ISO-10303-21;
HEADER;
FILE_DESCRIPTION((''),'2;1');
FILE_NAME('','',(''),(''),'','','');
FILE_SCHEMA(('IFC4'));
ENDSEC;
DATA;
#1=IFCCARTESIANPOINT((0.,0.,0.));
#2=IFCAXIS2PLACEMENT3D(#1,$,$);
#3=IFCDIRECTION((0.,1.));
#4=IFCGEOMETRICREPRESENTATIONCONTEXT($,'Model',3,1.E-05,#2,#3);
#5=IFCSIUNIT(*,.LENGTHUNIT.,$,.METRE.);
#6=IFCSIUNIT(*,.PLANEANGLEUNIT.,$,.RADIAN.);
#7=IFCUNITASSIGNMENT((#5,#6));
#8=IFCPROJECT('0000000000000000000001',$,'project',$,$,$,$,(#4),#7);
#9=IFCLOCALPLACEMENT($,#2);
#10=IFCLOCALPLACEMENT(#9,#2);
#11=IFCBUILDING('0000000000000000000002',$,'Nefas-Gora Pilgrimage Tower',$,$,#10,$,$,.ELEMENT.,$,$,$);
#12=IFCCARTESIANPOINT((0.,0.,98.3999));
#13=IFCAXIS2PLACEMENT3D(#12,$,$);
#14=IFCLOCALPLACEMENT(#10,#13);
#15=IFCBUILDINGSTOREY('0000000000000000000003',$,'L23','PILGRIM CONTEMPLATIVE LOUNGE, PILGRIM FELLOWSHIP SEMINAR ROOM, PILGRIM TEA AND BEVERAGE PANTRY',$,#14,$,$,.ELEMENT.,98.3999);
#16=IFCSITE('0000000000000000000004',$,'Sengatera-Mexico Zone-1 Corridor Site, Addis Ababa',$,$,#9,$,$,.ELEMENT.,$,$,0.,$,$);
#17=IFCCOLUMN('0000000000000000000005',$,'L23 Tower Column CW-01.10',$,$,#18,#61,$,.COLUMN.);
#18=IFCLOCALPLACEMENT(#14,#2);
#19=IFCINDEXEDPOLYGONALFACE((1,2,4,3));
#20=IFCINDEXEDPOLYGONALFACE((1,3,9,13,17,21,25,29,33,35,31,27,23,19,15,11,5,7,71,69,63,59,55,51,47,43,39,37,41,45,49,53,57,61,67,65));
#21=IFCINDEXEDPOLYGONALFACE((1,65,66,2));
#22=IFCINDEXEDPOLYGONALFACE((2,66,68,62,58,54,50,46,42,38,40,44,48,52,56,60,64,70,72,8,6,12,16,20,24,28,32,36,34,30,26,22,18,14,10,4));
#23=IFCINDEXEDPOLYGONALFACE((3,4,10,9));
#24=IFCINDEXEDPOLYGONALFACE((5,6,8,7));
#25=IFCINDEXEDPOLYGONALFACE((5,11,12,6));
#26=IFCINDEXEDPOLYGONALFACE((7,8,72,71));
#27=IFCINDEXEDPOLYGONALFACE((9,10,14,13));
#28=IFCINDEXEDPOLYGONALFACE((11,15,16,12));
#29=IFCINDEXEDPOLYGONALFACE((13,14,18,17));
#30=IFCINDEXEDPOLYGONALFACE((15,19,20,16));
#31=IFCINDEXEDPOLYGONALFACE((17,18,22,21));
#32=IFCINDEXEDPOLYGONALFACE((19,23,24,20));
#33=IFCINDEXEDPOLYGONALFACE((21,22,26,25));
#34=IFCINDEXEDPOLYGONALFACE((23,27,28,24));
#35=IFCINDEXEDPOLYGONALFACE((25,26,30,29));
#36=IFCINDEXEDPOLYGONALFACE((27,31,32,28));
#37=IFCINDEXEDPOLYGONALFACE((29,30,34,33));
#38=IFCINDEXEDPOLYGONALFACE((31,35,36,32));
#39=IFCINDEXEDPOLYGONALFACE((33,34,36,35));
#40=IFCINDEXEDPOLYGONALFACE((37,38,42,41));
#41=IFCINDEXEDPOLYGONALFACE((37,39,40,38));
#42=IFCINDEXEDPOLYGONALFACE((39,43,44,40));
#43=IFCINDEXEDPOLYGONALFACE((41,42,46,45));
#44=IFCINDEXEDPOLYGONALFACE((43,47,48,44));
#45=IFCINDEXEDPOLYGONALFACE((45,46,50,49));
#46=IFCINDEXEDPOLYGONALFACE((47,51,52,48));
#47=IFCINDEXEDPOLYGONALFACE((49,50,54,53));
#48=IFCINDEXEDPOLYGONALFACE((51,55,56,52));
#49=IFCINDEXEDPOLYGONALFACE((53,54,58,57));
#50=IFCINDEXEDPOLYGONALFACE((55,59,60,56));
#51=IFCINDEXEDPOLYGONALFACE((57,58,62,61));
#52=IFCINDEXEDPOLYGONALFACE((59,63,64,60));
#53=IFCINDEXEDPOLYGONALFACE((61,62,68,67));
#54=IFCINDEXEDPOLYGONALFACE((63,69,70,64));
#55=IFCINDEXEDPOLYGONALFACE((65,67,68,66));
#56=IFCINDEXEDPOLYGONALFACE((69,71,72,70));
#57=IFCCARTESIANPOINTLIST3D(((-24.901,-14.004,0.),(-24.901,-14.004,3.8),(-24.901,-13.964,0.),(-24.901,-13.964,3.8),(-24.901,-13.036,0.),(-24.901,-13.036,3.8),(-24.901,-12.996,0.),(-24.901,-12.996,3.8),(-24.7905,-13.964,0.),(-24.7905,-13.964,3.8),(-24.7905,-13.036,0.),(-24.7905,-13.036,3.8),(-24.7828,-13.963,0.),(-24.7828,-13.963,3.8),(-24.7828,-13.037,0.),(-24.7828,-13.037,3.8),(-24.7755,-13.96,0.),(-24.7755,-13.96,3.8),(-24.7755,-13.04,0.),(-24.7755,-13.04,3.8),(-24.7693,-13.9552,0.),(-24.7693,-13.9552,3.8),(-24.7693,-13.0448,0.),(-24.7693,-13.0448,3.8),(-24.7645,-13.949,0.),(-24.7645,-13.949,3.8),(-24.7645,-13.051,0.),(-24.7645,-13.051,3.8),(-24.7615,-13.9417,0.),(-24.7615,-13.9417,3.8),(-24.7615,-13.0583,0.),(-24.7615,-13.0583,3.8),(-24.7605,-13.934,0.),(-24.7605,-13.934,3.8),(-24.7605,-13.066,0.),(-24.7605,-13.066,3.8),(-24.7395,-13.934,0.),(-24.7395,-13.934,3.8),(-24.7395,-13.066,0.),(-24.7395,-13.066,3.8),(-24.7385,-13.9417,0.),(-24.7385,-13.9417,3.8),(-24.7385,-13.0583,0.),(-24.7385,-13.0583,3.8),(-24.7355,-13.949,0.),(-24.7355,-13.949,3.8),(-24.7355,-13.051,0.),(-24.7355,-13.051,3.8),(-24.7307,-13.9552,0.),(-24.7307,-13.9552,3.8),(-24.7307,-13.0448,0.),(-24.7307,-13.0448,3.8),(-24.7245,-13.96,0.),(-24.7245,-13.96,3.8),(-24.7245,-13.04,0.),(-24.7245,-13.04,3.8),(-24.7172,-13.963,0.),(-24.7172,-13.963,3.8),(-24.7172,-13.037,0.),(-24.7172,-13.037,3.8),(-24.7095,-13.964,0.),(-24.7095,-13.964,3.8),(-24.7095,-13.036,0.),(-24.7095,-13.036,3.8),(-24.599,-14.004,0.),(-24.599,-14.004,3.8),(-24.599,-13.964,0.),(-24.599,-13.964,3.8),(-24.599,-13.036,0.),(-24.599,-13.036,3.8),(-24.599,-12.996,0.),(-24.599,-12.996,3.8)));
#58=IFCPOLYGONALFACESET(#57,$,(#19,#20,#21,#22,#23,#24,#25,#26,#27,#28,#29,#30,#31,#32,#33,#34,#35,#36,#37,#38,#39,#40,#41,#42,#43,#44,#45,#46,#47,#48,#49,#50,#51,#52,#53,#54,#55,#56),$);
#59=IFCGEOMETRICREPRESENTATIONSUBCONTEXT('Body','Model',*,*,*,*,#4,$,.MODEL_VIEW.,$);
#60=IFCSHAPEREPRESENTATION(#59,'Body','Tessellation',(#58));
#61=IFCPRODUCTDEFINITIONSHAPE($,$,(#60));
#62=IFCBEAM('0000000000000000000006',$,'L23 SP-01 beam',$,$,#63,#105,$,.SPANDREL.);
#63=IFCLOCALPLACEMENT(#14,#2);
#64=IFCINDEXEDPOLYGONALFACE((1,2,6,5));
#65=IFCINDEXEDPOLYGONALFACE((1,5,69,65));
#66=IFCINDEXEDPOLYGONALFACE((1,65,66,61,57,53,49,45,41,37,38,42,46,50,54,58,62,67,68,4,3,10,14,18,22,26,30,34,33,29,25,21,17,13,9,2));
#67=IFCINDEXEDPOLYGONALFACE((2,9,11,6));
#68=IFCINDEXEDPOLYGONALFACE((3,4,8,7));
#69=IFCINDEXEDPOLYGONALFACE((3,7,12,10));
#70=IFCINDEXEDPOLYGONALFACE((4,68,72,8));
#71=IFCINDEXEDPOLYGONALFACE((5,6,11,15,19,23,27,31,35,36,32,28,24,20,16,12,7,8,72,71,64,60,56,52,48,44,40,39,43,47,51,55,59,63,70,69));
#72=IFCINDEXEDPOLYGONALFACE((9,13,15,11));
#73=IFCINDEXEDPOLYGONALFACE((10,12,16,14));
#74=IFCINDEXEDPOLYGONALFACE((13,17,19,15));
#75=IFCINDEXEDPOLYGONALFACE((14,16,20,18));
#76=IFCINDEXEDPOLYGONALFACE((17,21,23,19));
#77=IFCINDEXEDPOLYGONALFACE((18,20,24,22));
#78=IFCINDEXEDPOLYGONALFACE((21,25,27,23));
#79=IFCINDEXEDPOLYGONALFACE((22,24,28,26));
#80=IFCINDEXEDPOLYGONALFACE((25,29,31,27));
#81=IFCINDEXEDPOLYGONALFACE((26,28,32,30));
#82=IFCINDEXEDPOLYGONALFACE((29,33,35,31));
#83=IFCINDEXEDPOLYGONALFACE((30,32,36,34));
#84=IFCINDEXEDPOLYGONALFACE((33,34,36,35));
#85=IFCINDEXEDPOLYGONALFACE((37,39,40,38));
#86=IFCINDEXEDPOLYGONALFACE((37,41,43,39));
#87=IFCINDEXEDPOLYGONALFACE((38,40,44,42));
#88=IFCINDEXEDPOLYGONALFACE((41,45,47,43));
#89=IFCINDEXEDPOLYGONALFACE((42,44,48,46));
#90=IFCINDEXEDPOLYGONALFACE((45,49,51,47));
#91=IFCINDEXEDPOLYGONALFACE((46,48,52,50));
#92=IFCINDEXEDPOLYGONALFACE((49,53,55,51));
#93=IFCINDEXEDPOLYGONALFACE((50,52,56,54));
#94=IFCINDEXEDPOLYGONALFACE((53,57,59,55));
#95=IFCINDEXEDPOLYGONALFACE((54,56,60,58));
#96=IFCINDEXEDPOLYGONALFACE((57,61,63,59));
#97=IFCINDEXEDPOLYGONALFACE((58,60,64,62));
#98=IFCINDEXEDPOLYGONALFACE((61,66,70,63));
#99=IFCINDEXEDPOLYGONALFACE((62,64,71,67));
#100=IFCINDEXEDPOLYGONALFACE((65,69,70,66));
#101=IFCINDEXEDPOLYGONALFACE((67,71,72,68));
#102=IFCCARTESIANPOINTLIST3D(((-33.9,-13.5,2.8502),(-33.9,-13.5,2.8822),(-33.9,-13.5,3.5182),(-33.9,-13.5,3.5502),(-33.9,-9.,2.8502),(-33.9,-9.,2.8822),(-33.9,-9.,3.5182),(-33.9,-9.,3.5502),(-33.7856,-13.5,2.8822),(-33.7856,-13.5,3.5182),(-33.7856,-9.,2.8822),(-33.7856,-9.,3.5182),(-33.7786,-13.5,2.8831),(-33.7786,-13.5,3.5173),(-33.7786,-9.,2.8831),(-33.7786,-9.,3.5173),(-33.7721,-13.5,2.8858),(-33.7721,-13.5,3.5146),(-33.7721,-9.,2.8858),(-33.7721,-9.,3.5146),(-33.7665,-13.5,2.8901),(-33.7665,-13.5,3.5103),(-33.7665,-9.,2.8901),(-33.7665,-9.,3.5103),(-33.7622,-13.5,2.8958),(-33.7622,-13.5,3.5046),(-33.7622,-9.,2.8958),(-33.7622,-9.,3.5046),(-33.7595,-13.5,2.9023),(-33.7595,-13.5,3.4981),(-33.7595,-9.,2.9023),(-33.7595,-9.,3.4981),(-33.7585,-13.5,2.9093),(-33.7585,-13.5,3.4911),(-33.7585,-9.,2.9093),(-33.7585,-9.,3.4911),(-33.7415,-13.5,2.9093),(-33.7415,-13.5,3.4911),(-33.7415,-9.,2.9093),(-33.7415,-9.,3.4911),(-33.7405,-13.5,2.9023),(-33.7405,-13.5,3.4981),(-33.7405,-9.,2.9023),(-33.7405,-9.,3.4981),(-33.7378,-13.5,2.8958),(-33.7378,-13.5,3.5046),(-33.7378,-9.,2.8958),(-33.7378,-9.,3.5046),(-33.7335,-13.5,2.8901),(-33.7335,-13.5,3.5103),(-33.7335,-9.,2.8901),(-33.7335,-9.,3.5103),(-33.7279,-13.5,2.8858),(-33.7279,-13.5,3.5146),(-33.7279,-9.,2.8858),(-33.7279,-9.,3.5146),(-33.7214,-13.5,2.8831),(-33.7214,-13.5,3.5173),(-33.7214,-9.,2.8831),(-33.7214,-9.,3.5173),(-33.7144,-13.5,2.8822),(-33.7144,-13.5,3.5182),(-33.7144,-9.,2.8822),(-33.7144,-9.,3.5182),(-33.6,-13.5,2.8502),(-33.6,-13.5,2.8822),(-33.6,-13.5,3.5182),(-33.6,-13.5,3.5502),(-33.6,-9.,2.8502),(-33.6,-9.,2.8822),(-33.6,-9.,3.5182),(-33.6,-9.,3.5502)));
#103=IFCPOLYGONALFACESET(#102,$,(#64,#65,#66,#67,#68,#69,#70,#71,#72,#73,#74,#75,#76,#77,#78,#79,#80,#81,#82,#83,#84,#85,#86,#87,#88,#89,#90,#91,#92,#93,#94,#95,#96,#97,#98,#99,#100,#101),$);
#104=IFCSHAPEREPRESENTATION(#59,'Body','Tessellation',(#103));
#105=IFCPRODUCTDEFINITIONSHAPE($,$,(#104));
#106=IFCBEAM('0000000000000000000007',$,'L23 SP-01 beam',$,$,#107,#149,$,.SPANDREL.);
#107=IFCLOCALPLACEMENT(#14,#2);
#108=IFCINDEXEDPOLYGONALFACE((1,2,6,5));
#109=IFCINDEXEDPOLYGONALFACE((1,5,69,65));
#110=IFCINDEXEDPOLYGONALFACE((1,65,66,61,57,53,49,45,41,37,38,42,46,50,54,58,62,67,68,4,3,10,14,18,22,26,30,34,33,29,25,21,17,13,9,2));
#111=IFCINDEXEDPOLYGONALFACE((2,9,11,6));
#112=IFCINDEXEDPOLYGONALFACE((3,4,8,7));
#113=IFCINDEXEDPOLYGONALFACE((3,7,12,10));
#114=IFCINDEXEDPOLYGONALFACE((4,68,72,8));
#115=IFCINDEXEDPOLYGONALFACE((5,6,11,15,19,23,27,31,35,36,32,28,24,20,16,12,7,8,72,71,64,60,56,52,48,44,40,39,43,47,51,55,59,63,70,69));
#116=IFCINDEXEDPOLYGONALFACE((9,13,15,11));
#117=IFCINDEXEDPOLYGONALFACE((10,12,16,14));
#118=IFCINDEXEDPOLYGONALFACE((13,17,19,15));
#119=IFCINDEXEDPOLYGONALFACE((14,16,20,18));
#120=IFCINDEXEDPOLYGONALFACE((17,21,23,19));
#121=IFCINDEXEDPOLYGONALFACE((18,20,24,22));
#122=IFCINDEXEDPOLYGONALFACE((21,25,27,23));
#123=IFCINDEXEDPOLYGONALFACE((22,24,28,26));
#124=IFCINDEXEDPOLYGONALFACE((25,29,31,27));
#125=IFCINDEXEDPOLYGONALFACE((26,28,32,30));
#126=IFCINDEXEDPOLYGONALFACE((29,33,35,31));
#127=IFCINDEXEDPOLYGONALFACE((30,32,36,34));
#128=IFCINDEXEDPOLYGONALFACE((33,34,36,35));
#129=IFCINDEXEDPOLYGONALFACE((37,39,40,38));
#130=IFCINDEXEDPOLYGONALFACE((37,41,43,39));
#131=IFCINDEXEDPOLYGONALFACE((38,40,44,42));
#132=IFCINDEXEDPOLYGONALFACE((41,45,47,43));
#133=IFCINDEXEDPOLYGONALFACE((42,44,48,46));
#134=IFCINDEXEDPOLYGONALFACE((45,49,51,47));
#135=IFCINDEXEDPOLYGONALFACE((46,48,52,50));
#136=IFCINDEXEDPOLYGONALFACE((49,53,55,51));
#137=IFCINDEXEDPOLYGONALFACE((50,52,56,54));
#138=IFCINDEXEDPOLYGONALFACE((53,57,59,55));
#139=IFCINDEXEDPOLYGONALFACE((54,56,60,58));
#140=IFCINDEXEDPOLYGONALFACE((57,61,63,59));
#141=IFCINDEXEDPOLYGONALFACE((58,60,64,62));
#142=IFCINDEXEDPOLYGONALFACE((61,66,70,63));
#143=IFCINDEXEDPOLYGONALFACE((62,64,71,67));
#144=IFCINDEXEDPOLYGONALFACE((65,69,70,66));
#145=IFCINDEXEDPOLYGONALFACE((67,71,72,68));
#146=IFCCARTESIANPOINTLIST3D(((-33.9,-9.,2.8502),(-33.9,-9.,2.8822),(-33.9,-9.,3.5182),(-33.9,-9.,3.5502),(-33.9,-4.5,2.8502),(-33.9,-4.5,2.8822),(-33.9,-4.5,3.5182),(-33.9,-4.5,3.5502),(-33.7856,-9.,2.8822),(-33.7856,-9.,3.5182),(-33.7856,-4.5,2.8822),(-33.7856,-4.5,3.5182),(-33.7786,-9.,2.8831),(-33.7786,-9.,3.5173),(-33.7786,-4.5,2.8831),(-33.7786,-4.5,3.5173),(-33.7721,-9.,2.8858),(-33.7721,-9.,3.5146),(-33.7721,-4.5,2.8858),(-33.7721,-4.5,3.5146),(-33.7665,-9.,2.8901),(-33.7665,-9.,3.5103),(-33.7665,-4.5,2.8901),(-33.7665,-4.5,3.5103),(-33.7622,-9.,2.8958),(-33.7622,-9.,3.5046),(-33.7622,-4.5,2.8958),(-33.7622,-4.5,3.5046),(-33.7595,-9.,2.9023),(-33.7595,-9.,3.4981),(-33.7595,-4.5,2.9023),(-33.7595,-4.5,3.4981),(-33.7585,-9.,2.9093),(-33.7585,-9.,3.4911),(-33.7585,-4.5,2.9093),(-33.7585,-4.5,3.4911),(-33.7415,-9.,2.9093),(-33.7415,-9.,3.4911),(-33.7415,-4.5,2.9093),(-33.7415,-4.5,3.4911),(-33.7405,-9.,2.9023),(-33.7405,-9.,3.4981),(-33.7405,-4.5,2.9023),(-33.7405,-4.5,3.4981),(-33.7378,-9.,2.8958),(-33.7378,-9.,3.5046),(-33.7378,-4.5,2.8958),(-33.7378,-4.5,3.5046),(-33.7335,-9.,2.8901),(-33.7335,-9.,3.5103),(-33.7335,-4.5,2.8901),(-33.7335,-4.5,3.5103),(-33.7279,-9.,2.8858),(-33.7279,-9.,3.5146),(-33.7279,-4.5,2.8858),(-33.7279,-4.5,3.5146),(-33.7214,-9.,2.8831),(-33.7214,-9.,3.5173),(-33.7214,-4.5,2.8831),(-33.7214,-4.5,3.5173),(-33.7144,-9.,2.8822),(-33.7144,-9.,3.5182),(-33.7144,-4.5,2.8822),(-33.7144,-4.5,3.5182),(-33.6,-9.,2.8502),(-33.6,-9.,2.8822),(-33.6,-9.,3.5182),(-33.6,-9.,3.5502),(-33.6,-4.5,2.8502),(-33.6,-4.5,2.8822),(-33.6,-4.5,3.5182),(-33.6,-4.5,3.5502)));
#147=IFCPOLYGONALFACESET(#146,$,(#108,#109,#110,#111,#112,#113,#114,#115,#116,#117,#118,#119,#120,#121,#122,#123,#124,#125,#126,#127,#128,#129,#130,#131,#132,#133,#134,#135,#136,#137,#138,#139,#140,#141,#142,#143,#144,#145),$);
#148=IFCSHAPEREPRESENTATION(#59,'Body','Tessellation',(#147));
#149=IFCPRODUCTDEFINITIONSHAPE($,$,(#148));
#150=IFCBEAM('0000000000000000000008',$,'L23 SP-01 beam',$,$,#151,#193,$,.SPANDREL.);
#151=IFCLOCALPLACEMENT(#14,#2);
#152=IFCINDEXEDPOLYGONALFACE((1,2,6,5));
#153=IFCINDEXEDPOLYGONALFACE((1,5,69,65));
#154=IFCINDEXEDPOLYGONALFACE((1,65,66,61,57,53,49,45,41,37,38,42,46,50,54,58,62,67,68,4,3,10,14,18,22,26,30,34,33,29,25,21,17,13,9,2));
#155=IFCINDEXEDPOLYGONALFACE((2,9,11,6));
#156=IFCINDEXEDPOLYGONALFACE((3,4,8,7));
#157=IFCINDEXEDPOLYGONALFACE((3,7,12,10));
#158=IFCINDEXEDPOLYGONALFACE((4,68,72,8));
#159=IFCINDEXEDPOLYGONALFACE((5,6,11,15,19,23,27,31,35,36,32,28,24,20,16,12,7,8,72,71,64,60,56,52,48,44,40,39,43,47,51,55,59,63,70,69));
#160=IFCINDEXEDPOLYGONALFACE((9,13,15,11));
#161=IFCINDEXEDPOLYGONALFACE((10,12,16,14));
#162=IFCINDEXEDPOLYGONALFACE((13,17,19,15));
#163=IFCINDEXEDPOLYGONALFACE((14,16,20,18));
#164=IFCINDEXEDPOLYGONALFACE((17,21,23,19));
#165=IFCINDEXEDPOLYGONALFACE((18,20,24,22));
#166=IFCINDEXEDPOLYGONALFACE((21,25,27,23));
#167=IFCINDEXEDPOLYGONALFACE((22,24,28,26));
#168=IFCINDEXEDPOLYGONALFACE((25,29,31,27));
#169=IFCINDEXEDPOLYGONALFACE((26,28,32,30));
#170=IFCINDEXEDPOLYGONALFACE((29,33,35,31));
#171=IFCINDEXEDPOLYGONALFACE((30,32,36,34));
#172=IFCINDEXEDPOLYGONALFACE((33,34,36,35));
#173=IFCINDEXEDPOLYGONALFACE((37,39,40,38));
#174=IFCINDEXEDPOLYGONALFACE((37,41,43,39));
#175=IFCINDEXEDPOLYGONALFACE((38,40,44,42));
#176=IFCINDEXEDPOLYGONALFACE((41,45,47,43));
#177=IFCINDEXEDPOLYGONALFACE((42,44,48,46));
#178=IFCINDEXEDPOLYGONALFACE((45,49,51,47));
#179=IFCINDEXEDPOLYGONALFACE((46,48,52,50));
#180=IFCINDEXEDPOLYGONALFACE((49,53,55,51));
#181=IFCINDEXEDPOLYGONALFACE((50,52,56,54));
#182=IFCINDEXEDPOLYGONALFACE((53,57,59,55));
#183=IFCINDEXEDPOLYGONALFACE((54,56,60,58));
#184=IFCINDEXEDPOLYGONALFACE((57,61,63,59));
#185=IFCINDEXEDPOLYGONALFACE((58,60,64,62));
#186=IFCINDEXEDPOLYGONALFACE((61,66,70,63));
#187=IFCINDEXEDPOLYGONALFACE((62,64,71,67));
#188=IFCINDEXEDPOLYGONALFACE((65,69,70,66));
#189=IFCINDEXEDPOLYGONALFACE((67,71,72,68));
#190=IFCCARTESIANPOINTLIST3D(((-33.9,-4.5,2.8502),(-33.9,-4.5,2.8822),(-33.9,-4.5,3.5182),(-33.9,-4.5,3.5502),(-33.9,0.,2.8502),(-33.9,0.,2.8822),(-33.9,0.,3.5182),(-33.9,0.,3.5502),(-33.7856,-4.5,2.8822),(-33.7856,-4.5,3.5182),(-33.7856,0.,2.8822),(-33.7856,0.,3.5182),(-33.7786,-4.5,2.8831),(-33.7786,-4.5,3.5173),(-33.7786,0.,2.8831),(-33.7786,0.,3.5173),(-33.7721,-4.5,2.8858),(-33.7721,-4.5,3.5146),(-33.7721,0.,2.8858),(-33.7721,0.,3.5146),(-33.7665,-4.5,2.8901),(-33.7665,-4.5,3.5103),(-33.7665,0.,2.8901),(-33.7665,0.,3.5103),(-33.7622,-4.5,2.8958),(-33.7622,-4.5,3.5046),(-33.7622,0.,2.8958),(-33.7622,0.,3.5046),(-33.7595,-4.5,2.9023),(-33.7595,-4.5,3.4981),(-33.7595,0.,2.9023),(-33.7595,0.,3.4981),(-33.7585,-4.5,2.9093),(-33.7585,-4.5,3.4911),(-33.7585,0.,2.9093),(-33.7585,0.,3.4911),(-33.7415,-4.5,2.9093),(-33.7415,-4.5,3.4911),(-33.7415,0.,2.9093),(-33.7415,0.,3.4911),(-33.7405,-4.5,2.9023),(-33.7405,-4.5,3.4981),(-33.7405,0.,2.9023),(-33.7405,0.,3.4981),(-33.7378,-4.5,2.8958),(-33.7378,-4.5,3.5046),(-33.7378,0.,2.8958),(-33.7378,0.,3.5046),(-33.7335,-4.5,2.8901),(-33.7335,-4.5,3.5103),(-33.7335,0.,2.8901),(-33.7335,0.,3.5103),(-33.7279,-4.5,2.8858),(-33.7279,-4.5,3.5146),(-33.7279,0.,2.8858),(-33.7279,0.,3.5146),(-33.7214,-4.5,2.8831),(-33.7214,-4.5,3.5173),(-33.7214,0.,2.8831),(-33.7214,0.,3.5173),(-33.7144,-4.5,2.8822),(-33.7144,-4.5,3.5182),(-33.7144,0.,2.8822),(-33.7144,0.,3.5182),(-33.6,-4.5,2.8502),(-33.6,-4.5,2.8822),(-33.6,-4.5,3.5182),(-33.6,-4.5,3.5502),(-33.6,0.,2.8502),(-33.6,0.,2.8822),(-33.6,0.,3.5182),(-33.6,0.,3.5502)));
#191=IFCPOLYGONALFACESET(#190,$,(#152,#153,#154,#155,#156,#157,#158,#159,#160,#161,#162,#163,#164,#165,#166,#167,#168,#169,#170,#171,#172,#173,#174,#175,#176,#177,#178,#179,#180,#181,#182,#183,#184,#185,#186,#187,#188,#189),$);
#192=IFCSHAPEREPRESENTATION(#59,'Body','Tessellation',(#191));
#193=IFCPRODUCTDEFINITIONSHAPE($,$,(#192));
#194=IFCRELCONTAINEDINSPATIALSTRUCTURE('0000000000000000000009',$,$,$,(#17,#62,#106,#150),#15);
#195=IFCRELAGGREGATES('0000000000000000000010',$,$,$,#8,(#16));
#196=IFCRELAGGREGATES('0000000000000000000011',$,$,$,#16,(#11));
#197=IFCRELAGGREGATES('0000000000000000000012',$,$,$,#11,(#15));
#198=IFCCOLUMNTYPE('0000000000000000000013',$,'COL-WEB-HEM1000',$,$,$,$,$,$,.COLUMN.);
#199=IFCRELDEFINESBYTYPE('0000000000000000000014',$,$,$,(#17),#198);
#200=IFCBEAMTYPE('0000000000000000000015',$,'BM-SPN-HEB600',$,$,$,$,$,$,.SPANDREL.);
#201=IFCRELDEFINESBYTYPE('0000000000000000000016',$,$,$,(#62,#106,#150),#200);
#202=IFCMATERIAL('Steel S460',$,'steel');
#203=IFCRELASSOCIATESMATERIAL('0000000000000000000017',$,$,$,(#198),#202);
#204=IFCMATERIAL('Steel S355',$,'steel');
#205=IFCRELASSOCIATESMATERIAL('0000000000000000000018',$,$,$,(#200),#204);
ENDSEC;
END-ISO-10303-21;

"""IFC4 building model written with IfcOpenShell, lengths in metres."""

from ifc_helpers import new_model, si_unit, direction, frame, origin, origin_2d, place, context, subcontext, project, spatial, i_section, extrude, source, transform, mapped, material, material_profile, profile_set, type_object, element, save


model = new_model("IFC4")

# Units and contexts
model_context = context("Model", 3, precision=1e-05, world=origin(), true_north=direction((0.0, 1.0)))
body_context = subcontext(model_context, "Body", "Model", "MODEL_VIEW")
ifc_project = project(units=[si_unit("LENGTHUNIT", "METRE"), si_unit("PLANEANGLEUNIT", "RADIAN")], contexts=[model_context])

# Site, building, storey
site_placement = place(None, origin())
site = spatial("IfcSite", under=ifc_project, at=site_placement, Name="Sengatera-Mexico Zone-1 Corridor Site, Addis Ababa", CompositionType="ELEMENT", RefElevation=0.0)
building_placement = place(site_placement, origin())
building = spatial("IfcBuilding", under=site, at=building_placement, Name="Nefas-Gora Pilgrimage Tower", CompositionType="ELEMENT")
storey_placement = place(building_placement, frame((0.0, 0.0, 98.3999)))
storey = spatial("IfcBuildingStorey", under=building, at=storey_placement, Name="L23", Description="PILGRIM CONTEMPLATIVE LOUNGE, PILGRIM FELLOWSHIP SEMINAR ROOM, PILGRIM TEA AND BEVERAGE PANTRY", CompositionType="ELEMENT", Elevation=98.3999)

# Column
ifc_material_1 = material(Name="Steel S460", Category="steel")
ifc_material_profile_1 = material_profile(ifc_material_1, i_section(OverallWidth=0.302, OverallDepth=1.0081, WebThickness=0.021, FlangeThickness=0.04, FilletRadius=0.03, at=origin_2d()), Name="HEM 1000")
ifc_profile_set_1 = profile_set([ifc_material_profile_1], Name="Steel S460")
column_type_1 = type_object("IfcColumnType", Name="COL-WEB-HEM1000", PredefinedType="COLUMN", material=ifc_profile_set_1)
shared_shape_1 = source(origin(), body_context, "Body", "SweptSolid", [
    extrude(i_section(OverallWidth=0.302, OverallDepth=1.0081, WebThickness=0.021, FlangeThickness=0.04, FilletRadius=0.03, at=origin_2d()), origin(), (0.0, 0.0, 1.0), 3.8),
])
for number, where, z_axis, x_axis, name in (
    (1, (-24.75, -13.5, 0.0), (0.0, 0.0, 1.0), (1.0, 0.0, 0.0), "L23 Tower Column CW-01.10"),
):
    element("IfcColumn", number, at=place(storey_placement, frame(where, z_axis=z_axis, x_axis=x_axis)), inside=storey, type_object=column_type_1, Name=name, PredefinedType="COLUMN", context=body_context, shape_type="MappedRepresentation", body=[
        mapped(shared_shape_1, transform((0.0, 0.0, 0.0), x_axis=(1.0, 0.0, 0.0), y_axis=(0.0, 1.0, 0.0), z_axis=(0.0, 0.0, 1.0), scale=1.0)),
    ])

# Beams
ifc_material_2 = material(Name="Steel S355", Category="steel")
ifc_material_profile_2 = material_profile(ifc_material_2, i_section(OverallWidth=0.3, OverallDepth=0.7, WebThickness=0.0171, FlangeThickness=0.032, FilletRadius=0.0271, at=origin_2d()), Name="HEB 700")
ifc_profile_set_2 = profile_set([ifc_material_profile_2], Name="Steel S355")
beam_type_1 = type_object("IfcBeamType", Name="BM-SPN-HEB600", PredefinedType="SPANDREL", material=ifc_profile_set_2)
shared_shape_2 = source(origin(), body_context, "Body", "SweptSolid", [
    extrude(i_section(OverallWidth=0.3, OverallDepth=0.7, WebThickness=0.0171, FlangeThickness=0.032, FilletRadius=0.0271, at=origin_2d()), origin(), (0.0, 0.0, 1.0), 4.5),
])
for number, where, z_axis, x_axis, name in (
    (2, (-33.75, -13.5, 3.2002), (0.0, 1.0, 0.0), (-1.0, 0.0, 0.0), "L23 SP-01 beam"),
    (3, (-33.75, -9.0, 3.2002), (0.0, 1.0, 0.0), (-1.0, 0.0, 0.0), "L23 SP-01 beam"),
    (4, (-33.75, -4.5, 3.2002), (0.0, 1.0, 0.0), (-1.0, 0.0, 0.0), "L23 SP-01 beam"),
):
    element("IfcBeam", number, at=place(storey_placement, frame(where, z_axis=z_axis, x_axis=x_axis)), inside=storey, type_object=beam_type_1, Name=name, PredefinedType="SPANDREL", context=body_context, shape_type="MappedRepresentation", body=[
        mapped(shared_shape_2, transform((0.0, 0.0, 0.0), x_axis=(1.0, 0.0, 0.0), y_axis=(0.0, 1.0, 0.0), z_axis=(0.0, 0.0, 1.0), scale=1.0)),
    ])

save(model, "model.ifc")
